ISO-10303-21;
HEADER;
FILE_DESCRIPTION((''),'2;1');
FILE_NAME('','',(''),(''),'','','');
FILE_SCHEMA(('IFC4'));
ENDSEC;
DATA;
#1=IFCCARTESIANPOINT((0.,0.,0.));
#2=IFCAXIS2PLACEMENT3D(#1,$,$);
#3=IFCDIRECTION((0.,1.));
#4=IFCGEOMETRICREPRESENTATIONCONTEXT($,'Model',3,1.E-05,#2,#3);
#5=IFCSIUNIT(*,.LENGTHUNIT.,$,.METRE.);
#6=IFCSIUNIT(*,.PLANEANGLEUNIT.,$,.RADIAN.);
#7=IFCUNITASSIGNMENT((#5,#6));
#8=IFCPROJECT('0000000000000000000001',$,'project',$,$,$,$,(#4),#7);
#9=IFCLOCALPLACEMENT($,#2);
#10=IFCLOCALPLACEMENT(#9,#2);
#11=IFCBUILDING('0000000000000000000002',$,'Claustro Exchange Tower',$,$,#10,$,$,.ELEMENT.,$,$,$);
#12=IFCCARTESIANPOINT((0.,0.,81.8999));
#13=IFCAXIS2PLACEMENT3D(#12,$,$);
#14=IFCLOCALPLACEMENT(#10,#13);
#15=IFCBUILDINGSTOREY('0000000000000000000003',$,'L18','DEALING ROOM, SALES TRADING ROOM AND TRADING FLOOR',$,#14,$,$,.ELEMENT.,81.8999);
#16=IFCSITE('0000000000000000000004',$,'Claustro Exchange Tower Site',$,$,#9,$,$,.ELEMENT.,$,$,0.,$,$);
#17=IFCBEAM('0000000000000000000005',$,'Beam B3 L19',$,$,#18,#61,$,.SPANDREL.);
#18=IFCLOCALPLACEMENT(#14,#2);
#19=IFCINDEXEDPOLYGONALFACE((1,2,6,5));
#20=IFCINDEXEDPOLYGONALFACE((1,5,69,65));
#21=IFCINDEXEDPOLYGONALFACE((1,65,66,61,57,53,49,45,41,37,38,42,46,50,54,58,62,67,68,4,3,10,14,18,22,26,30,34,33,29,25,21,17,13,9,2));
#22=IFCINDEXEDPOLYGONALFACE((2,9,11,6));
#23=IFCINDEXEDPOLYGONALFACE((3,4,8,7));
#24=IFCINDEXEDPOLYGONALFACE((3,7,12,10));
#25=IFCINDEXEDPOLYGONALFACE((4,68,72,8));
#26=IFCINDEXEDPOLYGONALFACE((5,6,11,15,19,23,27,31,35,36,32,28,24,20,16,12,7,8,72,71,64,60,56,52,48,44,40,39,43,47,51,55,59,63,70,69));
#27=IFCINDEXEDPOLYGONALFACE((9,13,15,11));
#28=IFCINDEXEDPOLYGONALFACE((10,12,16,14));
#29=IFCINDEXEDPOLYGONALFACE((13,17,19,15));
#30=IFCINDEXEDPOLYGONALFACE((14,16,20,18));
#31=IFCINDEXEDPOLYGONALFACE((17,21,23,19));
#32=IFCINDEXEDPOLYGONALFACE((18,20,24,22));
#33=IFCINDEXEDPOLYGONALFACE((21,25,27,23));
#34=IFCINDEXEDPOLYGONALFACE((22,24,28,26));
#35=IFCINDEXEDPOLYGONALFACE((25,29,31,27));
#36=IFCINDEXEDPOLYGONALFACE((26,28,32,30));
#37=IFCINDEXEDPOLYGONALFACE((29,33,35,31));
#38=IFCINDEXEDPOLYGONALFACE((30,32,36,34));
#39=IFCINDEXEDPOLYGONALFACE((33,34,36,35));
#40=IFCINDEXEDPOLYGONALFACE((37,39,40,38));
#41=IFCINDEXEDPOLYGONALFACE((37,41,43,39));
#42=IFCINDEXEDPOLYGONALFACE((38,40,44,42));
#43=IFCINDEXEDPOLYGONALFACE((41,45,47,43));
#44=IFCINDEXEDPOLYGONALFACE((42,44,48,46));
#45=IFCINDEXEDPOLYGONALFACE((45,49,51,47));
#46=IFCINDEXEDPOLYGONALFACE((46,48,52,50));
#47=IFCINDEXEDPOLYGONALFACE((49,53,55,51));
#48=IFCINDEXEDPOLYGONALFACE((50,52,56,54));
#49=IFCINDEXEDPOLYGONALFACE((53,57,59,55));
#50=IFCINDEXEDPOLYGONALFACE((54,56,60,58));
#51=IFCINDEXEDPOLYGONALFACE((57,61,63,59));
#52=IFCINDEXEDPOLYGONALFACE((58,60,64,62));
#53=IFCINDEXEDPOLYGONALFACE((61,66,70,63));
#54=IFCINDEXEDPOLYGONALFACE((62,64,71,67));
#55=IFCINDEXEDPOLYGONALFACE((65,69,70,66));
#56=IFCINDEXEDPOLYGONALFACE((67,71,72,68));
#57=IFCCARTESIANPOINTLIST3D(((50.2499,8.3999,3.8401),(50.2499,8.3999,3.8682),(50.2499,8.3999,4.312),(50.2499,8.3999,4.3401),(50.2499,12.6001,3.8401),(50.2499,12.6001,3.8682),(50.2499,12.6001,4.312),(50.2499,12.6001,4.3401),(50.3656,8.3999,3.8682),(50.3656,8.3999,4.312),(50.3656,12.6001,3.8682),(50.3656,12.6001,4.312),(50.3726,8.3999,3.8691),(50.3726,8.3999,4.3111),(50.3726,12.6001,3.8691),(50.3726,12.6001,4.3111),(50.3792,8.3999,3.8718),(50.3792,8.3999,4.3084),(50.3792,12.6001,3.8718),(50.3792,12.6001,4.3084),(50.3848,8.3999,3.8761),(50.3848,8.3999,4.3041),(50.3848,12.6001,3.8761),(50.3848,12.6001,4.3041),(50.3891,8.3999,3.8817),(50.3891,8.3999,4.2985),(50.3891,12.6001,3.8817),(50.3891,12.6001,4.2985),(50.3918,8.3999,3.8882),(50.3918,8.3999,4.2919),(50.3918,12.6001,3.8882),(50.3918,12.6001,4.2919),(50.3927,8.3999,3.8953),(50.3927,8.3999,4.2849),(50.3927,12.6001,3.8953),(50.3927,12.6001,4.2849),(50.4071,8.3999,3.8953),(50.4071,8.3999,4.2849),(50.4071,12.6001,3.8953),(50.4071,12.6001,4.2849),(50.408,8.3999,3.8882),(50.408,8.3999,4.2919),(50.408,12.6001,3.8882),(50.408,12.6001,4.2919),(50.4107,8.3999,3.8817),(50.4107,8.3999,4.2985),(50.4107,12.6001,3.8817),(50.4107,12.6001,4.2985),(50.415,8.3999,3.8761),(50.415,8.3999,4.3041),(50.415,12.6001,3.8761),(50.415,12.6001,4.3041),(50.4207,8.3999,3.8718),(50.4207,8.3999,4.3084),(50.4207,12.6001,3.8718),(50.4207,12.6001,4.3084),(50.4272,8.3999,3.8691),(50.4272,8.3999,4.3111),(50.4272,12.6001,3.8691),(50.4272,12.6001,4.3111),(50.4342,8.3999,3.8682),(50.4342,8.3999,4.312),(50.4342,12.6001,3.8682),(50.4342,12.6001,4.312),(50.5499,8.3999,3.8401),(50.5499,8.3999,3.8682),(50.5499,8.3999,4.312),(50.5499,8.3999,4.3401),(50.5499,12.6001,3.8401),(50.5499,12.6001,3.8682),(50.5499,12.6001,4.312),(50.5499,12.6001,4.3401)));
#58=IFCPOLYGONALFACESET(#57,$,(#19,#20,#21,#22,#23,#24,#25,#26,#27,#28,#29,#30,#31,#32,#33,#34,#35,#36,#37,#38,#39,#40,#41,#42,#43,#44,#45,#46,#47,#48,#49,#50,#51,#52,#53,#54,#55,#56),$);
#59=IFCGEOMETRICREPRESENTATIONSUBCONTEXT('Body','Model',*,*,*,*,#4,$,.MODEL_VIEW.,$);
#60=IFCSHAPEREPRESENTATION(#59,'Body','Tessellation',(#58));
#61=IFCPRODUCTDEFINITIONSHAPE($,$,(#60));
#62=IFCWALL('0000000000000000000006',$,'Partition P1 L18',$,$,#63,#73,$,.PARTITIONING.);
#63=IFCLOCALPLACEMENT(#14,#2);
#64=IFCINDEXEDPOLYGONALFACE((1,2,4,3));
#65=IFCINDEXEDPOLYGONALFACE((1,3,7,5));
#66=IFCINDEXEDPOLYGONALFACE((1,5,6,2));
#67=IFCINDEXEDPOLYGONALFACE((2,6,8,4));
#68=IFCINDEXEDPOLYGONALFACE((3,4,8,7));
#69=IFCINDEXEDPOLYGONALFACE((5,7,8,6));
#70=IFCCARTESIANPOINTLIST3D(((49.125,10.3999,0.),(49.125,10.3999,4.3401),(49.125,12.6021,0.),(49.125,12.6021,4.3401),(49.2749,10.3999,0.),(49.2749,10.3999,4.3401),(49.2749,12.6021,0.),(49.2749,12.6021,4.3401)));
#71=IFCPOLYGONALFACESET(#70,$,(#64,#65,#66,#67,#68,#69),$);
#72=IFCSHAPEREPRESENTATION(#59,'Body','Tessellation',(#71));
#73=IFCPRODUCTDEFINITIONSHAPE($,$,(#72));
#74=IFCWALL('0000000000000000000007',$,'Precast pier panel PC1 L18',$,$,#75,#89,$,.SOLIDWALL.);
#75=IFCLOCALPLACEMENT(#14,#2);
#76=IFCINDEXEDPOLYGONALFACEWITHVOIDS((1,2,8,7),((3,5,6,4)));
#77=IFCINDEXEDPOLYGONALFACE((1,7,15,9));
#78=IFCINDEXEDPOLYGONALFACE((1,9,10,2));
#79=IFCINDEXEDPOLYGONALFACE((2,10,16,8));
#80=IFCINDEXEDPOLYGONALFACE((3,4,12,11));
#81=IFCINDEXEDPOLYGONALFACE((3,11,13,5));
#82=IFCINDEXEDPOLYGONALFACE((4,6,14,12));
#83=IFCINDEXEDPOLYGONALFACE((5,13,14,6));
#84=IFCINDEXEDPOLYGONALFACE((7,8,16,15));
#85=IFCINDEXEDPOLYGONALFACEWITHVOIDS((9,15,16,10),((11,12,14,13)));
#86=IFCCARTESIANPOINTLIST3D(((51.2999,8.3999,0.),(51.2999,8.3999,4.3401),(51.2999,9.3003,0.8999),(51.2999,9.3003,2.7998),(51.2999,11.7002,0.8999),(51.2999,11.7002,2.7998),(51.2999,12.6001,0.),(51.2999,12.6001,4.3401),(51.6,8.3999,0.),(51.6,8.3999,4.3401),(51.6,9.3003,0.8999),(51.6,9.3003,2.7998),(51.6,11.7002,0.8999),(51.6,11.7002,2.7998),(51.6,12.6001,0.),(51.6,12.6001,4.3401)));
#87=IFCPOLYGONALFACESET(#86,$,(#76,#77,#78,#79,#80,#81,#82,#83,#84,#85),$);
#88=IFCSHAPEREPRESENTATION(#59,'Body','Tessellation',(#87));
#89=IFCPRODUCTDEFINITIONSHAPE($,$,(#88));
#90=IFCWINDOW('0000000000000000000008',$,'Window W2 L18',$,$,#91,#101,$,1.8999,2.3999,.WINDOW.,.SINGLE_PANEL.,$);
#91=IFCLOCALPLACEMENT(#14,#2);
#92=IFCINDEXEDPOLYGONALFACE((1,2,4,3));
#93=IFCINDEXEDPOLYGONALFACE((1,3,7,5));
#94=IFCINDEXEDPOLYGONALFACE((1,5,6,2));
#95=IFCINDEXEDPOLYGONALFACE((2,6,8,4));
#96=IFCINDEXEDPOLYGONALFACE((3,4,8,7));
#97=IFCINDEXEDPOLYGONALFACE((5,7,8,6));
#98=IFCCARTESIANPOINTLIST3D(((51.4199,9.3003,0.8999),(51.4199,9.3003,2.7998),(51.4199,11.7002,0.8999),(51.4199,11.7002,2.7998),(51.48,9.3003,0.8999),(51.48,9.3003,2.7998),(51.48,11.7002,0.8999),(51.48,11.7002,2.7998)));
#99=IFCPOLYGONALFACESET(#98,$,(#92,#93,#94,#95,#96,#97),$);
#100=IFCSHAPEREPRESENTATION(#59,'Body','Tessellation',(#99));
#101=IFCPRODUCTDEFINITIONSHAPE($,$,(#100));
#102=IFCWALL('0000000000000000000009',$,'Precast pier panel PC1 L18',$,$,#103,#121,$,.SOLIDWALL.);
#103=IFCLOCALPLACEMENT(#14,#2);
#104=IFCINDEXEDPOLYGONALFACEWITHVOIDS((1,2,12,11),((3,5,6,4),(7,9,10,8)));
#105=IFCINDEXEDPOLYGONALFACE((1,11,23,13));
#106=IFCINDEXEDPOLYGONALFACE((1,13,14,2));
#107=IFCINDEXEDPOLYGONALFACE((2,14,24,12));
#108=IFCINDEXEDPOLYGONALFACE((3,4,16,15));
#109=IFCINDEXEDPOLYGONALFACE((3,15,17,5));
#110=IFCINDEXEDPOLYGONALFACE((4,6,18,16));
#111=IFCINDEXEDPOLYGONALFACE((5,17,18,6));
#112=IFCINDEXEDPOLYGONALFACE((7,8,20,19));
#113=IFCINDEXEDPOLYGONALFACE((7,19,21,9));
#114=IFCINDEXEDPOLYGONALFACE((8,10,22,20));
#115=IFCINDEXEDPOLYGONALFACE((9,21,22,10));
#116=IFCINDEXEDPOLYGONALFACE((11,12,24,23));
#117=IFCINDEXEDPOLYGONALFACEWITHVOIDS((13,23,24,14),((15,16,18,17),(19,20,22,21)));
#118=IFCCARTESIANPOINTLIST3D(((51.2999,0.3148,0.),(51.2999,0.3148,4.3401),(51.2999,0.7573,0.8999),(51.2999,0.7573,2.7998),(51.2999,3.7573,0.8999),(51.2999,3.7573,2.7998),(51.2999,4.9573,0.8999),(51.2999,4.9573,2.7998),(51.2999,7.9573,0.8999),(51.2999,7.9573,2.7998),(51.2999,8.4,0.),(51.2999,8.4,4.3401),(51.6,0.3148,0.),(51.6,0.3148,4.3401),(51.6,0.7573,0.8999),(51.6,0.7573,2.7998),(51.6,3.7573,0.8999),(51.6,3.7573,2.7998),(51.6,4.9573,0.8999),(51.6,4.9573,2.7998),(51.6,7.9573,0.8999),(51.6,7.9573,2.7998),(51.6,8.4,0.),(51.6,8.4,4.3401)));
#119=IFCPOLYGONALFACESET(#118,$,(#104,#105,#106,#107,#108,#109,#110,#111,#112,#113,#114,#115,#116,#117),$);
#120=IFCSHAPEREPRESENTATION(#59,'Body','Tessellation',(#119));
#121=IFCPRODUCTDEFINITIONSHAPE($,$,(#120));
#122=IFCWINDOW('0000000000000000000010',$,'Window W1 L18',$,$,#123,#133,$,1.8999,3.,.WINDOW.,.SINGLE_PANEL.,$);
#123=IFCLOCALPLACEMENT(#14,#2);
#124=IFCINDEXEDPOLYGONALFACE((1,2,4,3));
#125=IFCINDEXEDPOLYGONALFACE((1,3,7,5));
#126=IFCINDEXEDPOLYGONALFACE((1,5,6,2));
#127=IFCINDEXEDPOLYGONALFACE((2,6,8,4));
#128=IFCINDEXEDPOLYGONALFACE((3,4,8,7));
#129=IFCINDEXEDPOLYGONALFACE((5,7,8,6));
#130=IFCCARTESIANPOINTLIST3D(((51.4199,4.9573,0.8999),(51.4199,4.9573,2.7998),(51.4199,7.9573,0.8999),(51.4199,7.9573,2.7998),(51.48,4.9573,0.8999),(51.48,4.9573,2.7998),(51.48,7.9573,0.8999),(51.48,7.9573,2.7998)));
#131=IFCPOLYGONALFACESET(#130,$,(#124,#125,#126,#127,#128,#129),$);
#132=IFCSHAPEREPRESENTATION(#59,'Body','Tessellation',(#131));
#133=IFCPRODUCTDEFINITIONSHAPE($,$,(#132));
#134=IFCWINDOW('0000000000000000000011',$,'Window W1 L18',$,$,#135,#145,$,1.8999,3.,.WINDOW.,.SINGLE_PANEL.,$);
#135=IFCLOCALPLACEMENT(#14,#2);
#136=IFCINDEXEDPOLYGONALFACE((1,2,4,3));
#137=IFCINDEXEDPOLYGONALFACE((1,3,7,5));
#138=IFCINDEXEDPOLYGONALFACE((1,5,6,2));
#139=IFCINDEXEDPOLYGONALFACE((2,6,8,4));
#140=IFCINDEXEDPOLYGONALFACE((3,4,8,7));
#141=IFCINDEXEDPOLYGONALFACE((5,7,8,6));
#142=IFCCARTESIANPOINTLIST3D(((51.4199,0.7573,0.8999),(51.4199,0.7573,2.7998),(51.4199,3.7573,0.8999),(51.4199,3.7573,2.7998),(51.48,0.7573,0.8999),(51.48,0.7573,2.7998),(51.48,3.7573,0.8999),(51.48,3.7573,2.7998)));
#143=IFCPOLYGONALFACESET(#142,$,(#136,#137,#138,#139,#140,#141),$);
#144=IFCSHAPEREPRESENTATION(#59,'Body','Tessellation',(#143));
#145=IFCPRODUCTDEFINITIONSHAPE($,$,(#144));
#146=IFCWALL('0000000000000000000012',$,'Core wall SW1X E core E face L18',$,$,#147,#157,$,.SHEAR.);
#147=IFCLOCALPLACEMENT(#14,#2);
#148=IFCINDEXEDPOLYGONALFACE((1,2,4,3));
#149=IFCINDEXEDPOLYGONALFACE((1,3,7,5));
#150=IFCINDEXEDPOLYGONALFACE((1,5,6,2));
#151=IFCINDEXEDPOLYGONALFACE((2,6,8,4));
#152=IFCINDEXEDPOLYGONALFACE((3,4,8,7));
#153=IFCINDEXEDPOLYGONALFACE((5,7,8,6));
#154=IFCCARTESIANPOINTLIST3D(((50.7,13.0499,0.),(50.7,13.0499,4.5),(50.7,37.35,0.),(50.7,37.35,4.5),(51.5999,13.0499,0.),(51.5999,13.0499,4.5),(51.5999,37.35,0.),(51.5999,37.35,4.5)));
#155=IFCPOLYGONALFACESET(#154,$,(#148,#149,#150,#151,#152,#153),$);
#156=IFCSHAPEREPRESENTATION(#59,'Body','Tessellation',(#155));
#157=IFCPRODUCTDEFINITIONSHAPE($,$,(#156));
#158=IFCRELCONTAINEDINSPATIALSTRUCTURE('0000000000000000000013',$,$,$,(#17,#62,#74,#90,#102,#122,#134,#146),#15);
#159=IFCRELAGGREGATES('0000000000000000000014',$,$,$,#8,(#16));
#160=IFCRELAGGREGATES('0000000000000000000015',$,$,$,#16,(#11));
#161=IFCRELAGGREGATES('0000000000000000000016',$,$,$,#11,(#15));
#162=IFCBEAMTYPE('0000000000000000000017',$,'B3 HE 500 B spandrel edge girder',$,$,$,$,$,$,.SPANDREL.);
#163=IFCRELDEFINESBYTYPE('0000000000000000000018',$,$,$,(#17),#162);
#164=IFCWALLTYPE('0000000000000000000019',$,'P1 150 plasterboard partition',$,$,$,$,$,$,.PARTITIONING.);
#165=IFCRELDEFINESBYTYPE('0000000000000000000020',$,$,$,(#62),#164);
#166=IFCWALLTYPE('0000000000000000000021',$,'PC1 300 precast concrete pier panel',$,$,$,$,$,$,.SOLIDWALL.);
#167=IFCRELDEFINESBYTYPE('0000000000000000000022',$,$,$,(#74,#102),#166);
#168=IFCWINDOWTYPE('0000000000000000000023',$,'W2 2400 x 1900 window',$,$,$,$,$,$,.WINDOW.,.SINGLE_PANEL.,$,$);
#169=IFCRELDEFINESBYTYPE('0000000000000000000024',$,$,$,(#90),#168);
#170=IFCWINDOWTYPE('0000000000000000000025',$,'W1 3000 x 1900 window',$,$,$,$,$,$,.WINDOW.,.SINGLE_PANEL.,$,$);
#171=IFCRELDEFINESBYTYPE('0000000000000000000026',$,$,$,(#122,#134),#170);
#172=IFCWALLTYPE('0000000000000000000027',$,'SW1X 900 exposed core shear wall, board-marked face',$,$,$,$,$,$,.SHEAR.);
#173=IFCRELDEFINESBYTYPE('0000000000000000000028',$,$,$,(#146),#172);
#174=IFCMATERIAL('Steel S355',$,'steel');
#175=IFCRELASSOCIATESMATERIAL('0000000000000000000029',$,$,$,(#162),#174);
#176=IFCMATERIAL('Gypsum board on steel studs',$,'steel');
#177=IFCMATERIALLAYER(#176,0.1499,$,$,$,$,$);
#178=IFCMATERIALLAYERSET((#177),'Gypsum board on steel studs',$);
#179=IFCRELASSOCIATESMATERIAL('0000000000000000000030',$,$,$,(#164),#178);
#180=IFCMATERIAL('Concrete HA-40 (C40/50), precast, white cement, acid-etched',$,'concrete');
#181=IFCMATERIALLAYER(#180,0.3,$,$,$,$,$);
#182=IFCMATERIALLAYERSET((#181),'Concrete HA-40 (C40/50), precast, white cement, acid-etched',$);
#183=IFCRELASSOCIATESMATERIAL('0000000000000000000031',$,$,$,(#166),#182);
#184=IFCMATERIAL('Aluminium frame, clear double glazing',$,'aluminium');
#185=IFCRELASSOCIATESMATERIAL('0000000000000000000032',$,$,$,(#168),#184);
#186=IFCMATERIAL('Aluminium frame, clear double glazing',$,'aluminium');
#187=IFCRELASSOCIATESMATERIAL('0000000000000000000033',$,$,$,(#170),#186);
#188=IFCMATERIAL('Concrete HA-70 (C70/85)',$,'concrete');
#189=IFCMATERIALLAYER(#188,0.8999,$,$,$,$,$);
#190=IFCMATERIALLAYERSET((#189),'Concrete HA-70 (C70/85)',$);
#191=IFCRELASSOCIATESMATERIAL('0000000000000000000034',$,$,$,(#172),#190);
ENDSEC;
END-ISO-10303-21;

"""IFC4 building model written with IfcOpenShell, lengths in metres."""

from ifc_helpers import new_model, si_unit, direction, frame, frame_2d, origin, origin_2d, place, context, subcontext, project, spatial, rectangle, i_section, extrude, material, layer, layer_set, material_profile, profile_set, type_object, element, fill, save


model = new_model("IFC4")

# Units and contexts
model_context = context("Model", 3, precision=1e-05, world=origin(), true_north=direction((0.0, 1.0)))
body_context = subcontext(model_context, "Body", "Model", "MODEL_VIEW")
ifc_project = project(units=[si_unit("LENGTHUNIT", "METRE"), si_unit("PLANEANGLEUNIT", "RADIAN")], contexts=[model_context])

# Site, building, storey
site_placement = place(None, origin())
site = spatial("IfcSite", under=ifc_project, at=site_placement, Name="Claustro Exchange Tower Site", CompositionType="ELEMENT", RefElevation=0.0)
building_placement = place(site_placement, origin())
building = spatial("IfcBuilding", under=site, at=building_placement, Name="Claustro Exchange Tower", CompositionType="ELEMENT")
storey_placement = place(building_placement, frame((0.0, 0.0, 81.8999)))
storey = spatial("IfcBuildingStorey", under=building, at=storey_placement, Name="L18", Description="DEALING ROOM, SALES TRADING ROOM AND TRADING FLOOR", CompositionType="ELEMENT", Elevation=81.8999)

# Beam
ifc_material_1 = material(Name="Steel S355", Category="steel")
ifc_material_profile = material_profile(ifc_material_1, i_section(OverallWidth=0.3, OverallDepth=0.5, WebThickness=0.0144, FlangeThickness=0.0281, FilletRadius=0.0271, at=origin_2d()), Name="HE 500 B")
ifc_profile_set = profile_set([ifc_material_profile], Name="Steel S355")
beam_type = type_object("IfcBeamType", Name="B3 HE 500 B spandrel edge girder", PredefinedType="SPANDREL", material=ifc_profile_set)
beam_placement = place(storey_placement, frame((50.3999, 8.3999, 4.0901), z_axis=(0.0, 1.0, 0.0), x_axis=(-1.0, 0.0, 0.0)))
element("IfcBeam", 1, at=beam_placement, inside=storey, type_object=beam_type, Name="Beam B3 L19", PredefinedType="SPANDREL", context=body_context, shape_type="SweptSolid", body=[
    extrude(i_section(OverallWidth=0.3, OverallDepth=0.5, WebThickness=0.0144, FlangeThickness=0.0281, FilletRadius=0.0271, at=origin_2d()), origin(), (0.0, 0.0, 1.0), 4.2002),
])

# Wall
ifc_material_2 = material(Name="Gypsum board on steel studs", Category="steel")
ifc_layer_1 = layer(ifc_material_2, 0.1499)
ifc_layer_set_1 = layer_set([ifc_layer_1], Name="Gypsum board on steel studs")
wall_type_1 = type_object("IfcWallType", Name="P1 150 plasterboard partition", PredefinedType="PARTITIONING", material=ifc_layer_set_1)
wall_1_placement = place(storey_placement, frame((49.2, 10.3999, 0.0), z_axis=(0.0, 0.0, 1.0), x_axis=(0.0, 1.0, 0.0)))
element("IfcWall", 2, at=wall_1_placement, inside=storey, type_object=wall_type_1, Name="Partition P1 L18", PredefinedType="PARTITIONING", context=body_context, shape_type="SweptSolid", body=[
    extrude(rectangle(XDim=2.2021, YDim=0.1499, at=frame_2d((1.1011, 0.0))), origin(), (0.0, 0.0, 1.0), 4.3401),
])

# Wall, opening, window
ifc_material_3 = material(Name="Concrete HA-40 (C40/50), precast, white cement, acid-etched", Category="concrete")
ifc_layer_2 = layer(ifc_material_3, 0.3)
ifc_layer_set_2 = layer_set([ifc_layer_2], Name="Concrete HA-40 (C40/50), precast, white cement, acid-etched")
wall_type_2 = type_object("IfcWallType", Name="PC1 300 precast concrete pier panel", PredefinedType="SOLIDWALL", material=ifc_layer_set_2)
wall_2_placement = place(storey_placement, frame((51.45, 12.6001, 0.0), z_axis=(0.0, 0.0, 1.0), x_axis=(0.0, -1.0, 0.0)))
wall_2 = element("IfcWall", 3, at=wall_2_placement, inside=storey, type_object=wall_type_2, Name="Precast pier panel PC1 L18", PredefinedType="SOLIDWALL", context=body_context, shape_type="SweptSolid", body=[
    extrude(rectangle(XDim=4.2002, YDim=0.3, at=frame_2d((2.1001, 0.0))), origin(), (0.0, 0.0, 1.0), 4.3401),
])
opening_1_placement = place(wall_2_placement, frame((0.8999, 0.0, 0.8999)))
opening_1 = element("IfcOpeningElement", 4, at=opening_1_placement, cuts=wall_2, PredefinedType="OPENING", context=body_context, shape_type="SweptSolid", body=[
    extrude(rectangle(XDim=2.3999, YDim=1.8999, at=frame_2d((1.2, 0.95))), frame((0.0, 0.1599, 0.0), z_axis=(0.0, -1.0, 0.0), x_axis=(1.0, 0.0, 0.0)), (0.0, 0.0, 1.0), 0.3201),
])
ifc_material_4 = material(Name="Aluminium frame, clear double glazing", Category="aluminium")
window_type_1 = type_object("IfcWindowType", Name="W2 2400 x 1900 window", PartitioningType="SINGLE_PANEL", PredefinedType="WINDOW", material=ifc_material_4)
window_1_placement = place(opening_1_placement, origin())
window_1 = element("IfcWindow", 5, at=window_1_placement, inside=storey, type_object=window_type_1, Name="Window W2 L18", OverallHeight=1.8999, OverallWidth=2.3999, PartitioningType="SINGLE_PANEL", PredefinedType="WINDOW", context=body_context, shape_type="SweptSolid", body=[
    extrude(rectangle(XDim=2.3999, YDim=1.8999, at=frame_2d((1.2, 0.95))), frame((0.0, 0.03, 0.0), z_axis=(0.0, -1.0, 0.0), x_axis=(1.0, 0.0, 0.0)), (0.0, 0.0, 1.0), 0.0601),
])
fill(opening_1, window_1)

# Wall, openings, windows
wall_3_placement = place(storey_placement, frame((51.45, 8.3999, 0.0), z_axis=(0.0, 0.0, 1.0), x_axis=(0.0, -1.0, 0.0)))
wall_3 = element("IfcWall", 6, at=wall_3_placement, inside=storey, type_object=wall_type_2, Name="Precast pier panel PC1 L18", PredefinedType="SOLIDWALL", context=body_context, shape_type="SweptSolid", body=[
    extrude(rectangle(XDim=8.0852, YDim=0.3, at=frame_2d((4.0425, 0.0))), origin(), (0.0, 0.0, 1.0), 4.3401),
])
opening_2_placement = place(wall_3_placement, frame((0.4426, 0.0, 0.8999)))
opening_2 = element("IfcOpeningElement", 7, at=opening_2_placement, cuts=wall_3, PredefinedType="OPENING", context=body_context, shape_type="SweptSolid", body=[
    extrude(rectangle(XDim=3.0, YDim=1.8999, at=frame_2d((1.5, 0.95))), frame((0.0, 0.1599, 0.0), z_axis=(0.0, -1.0, 0.0), x_axis=(1.0, 0.0, 0.0)), (0.0, 0.0, 1.0), 0.3201),
])
opening_3_placement = place(wall_3_placement, frame((4.6426, 0.0, 0.8999)))
opening_3 = element("IfcOpeningElement", 8, at=opening_3_placement, cuts=wall_3, PredefinedType="OPENING", context=body_context, shape_type="SweptSolid", body=[
    extrude(rectangle(XDim=3.0, YDim=1.8999, at=frame_2d((1.5, 0.95))), frame((0.0, 0.1599, 0.0), z_axis=(0.0, -1.0, 0.0), x_axis=(1.0, 0.0, 0.0)), (0.0, 0.0, 1.0), 0.3201),
])
ifc_material_5 = material(Name="Aluminium frame, clear double glazing", Category="aluminium")
window_type_2 = type_object("IfcWindowType", Name="W1 3000 x 1900 window", PartitioningType="SINGLE_PANEL", PredefinedType="WINDOW", material=ifc_material_5)
window_2_placement = place(opening_2_placement, origin())
window_2 = element("IfcWindow", 9, at=window_2_placement, inside=storey, type_object=window_type_2, Name="Window W1 L18", OverallHeight=1.8999, OverallWidth=3.0, PartitioningType="SINGLE_PANEL", PredefinedType="WINDOW", context=body_context, shape_type="SweptSolid", body=[
    extrude(rectangle(XDim=3.0, YDim=1.8999, at=frame_2d((1.5, 0.95))), frame((0.0, 0.03, 0.0), z_axis=(0.0, -1.0, 0.0), x_axis=(1.0, 0.0, 0.0)), (0.0, 0.0, 1.0), 0.0601),
])
fill(opening_2, window_2)
window_3_placement = place(opening_3_placement, origin())
window_3 = element("IfcWindow", 10, at=window_3_placement, inside=storey, type_object=window_type_2, Name="Window W1 L18", OverallHeight=1.8999, OverallWidth=3.0, PartitioningType="SINGLE_PANEL", PredefinedType="WINDOW", context=body_context, shape_type="SweptSolid", body=[
    extrude(rectangle(XDim=3.0, YDim=1.8999, at=frame_2d((1.5, 0.95))), frame((0.0, 0.03, 0.0), z_axis=(0.0, -1.0, 0.0), x_axis=(1.0, 0.0, 0.0)), (0.0, 0.0, 1.0), 0.0601),
])
fill(opening_3, window_3)

# Wall
ifc_material_6 = material(Name="Concrete HA-70 (C70/85)", Category="concrete")
ifc_layer_3 = layer(ifc_material_6, 0.8999)
ifc_layer_set_3 = layer_set([ifc_layer_3], Name="Concrete HA-70 (C70/85)")
wall_type_3 = type_object("IfcWallType", Name="SW1X 900 exposed core shear wall, board-marked face", PredefinedType="SHEAR", material=ifc_layer_set_3)
wall_4_placement = place(storey_placement, frame((51.1499, 13.05, 0.0), z_axis=(0.0, 0.0, 1.0), x_axis=(0.0, 1.0, 0.0)))
element("IfcWall", 11, at=wall_4_placement, inside=storey, type_object=wall_type_3, Name="Core wall SW1X E core E face L18", PredefinedType="SHEAR", context=body_context, shape_type="SweptSolid", body=[
    extrude(rectangle(XDim=24.3, YDim=0.8999, at=frame_2d((12.1499, 0.0))), origin(), (0.0, 0.0, 1.0), 4.5),
])

save(model, "model.ifc")
